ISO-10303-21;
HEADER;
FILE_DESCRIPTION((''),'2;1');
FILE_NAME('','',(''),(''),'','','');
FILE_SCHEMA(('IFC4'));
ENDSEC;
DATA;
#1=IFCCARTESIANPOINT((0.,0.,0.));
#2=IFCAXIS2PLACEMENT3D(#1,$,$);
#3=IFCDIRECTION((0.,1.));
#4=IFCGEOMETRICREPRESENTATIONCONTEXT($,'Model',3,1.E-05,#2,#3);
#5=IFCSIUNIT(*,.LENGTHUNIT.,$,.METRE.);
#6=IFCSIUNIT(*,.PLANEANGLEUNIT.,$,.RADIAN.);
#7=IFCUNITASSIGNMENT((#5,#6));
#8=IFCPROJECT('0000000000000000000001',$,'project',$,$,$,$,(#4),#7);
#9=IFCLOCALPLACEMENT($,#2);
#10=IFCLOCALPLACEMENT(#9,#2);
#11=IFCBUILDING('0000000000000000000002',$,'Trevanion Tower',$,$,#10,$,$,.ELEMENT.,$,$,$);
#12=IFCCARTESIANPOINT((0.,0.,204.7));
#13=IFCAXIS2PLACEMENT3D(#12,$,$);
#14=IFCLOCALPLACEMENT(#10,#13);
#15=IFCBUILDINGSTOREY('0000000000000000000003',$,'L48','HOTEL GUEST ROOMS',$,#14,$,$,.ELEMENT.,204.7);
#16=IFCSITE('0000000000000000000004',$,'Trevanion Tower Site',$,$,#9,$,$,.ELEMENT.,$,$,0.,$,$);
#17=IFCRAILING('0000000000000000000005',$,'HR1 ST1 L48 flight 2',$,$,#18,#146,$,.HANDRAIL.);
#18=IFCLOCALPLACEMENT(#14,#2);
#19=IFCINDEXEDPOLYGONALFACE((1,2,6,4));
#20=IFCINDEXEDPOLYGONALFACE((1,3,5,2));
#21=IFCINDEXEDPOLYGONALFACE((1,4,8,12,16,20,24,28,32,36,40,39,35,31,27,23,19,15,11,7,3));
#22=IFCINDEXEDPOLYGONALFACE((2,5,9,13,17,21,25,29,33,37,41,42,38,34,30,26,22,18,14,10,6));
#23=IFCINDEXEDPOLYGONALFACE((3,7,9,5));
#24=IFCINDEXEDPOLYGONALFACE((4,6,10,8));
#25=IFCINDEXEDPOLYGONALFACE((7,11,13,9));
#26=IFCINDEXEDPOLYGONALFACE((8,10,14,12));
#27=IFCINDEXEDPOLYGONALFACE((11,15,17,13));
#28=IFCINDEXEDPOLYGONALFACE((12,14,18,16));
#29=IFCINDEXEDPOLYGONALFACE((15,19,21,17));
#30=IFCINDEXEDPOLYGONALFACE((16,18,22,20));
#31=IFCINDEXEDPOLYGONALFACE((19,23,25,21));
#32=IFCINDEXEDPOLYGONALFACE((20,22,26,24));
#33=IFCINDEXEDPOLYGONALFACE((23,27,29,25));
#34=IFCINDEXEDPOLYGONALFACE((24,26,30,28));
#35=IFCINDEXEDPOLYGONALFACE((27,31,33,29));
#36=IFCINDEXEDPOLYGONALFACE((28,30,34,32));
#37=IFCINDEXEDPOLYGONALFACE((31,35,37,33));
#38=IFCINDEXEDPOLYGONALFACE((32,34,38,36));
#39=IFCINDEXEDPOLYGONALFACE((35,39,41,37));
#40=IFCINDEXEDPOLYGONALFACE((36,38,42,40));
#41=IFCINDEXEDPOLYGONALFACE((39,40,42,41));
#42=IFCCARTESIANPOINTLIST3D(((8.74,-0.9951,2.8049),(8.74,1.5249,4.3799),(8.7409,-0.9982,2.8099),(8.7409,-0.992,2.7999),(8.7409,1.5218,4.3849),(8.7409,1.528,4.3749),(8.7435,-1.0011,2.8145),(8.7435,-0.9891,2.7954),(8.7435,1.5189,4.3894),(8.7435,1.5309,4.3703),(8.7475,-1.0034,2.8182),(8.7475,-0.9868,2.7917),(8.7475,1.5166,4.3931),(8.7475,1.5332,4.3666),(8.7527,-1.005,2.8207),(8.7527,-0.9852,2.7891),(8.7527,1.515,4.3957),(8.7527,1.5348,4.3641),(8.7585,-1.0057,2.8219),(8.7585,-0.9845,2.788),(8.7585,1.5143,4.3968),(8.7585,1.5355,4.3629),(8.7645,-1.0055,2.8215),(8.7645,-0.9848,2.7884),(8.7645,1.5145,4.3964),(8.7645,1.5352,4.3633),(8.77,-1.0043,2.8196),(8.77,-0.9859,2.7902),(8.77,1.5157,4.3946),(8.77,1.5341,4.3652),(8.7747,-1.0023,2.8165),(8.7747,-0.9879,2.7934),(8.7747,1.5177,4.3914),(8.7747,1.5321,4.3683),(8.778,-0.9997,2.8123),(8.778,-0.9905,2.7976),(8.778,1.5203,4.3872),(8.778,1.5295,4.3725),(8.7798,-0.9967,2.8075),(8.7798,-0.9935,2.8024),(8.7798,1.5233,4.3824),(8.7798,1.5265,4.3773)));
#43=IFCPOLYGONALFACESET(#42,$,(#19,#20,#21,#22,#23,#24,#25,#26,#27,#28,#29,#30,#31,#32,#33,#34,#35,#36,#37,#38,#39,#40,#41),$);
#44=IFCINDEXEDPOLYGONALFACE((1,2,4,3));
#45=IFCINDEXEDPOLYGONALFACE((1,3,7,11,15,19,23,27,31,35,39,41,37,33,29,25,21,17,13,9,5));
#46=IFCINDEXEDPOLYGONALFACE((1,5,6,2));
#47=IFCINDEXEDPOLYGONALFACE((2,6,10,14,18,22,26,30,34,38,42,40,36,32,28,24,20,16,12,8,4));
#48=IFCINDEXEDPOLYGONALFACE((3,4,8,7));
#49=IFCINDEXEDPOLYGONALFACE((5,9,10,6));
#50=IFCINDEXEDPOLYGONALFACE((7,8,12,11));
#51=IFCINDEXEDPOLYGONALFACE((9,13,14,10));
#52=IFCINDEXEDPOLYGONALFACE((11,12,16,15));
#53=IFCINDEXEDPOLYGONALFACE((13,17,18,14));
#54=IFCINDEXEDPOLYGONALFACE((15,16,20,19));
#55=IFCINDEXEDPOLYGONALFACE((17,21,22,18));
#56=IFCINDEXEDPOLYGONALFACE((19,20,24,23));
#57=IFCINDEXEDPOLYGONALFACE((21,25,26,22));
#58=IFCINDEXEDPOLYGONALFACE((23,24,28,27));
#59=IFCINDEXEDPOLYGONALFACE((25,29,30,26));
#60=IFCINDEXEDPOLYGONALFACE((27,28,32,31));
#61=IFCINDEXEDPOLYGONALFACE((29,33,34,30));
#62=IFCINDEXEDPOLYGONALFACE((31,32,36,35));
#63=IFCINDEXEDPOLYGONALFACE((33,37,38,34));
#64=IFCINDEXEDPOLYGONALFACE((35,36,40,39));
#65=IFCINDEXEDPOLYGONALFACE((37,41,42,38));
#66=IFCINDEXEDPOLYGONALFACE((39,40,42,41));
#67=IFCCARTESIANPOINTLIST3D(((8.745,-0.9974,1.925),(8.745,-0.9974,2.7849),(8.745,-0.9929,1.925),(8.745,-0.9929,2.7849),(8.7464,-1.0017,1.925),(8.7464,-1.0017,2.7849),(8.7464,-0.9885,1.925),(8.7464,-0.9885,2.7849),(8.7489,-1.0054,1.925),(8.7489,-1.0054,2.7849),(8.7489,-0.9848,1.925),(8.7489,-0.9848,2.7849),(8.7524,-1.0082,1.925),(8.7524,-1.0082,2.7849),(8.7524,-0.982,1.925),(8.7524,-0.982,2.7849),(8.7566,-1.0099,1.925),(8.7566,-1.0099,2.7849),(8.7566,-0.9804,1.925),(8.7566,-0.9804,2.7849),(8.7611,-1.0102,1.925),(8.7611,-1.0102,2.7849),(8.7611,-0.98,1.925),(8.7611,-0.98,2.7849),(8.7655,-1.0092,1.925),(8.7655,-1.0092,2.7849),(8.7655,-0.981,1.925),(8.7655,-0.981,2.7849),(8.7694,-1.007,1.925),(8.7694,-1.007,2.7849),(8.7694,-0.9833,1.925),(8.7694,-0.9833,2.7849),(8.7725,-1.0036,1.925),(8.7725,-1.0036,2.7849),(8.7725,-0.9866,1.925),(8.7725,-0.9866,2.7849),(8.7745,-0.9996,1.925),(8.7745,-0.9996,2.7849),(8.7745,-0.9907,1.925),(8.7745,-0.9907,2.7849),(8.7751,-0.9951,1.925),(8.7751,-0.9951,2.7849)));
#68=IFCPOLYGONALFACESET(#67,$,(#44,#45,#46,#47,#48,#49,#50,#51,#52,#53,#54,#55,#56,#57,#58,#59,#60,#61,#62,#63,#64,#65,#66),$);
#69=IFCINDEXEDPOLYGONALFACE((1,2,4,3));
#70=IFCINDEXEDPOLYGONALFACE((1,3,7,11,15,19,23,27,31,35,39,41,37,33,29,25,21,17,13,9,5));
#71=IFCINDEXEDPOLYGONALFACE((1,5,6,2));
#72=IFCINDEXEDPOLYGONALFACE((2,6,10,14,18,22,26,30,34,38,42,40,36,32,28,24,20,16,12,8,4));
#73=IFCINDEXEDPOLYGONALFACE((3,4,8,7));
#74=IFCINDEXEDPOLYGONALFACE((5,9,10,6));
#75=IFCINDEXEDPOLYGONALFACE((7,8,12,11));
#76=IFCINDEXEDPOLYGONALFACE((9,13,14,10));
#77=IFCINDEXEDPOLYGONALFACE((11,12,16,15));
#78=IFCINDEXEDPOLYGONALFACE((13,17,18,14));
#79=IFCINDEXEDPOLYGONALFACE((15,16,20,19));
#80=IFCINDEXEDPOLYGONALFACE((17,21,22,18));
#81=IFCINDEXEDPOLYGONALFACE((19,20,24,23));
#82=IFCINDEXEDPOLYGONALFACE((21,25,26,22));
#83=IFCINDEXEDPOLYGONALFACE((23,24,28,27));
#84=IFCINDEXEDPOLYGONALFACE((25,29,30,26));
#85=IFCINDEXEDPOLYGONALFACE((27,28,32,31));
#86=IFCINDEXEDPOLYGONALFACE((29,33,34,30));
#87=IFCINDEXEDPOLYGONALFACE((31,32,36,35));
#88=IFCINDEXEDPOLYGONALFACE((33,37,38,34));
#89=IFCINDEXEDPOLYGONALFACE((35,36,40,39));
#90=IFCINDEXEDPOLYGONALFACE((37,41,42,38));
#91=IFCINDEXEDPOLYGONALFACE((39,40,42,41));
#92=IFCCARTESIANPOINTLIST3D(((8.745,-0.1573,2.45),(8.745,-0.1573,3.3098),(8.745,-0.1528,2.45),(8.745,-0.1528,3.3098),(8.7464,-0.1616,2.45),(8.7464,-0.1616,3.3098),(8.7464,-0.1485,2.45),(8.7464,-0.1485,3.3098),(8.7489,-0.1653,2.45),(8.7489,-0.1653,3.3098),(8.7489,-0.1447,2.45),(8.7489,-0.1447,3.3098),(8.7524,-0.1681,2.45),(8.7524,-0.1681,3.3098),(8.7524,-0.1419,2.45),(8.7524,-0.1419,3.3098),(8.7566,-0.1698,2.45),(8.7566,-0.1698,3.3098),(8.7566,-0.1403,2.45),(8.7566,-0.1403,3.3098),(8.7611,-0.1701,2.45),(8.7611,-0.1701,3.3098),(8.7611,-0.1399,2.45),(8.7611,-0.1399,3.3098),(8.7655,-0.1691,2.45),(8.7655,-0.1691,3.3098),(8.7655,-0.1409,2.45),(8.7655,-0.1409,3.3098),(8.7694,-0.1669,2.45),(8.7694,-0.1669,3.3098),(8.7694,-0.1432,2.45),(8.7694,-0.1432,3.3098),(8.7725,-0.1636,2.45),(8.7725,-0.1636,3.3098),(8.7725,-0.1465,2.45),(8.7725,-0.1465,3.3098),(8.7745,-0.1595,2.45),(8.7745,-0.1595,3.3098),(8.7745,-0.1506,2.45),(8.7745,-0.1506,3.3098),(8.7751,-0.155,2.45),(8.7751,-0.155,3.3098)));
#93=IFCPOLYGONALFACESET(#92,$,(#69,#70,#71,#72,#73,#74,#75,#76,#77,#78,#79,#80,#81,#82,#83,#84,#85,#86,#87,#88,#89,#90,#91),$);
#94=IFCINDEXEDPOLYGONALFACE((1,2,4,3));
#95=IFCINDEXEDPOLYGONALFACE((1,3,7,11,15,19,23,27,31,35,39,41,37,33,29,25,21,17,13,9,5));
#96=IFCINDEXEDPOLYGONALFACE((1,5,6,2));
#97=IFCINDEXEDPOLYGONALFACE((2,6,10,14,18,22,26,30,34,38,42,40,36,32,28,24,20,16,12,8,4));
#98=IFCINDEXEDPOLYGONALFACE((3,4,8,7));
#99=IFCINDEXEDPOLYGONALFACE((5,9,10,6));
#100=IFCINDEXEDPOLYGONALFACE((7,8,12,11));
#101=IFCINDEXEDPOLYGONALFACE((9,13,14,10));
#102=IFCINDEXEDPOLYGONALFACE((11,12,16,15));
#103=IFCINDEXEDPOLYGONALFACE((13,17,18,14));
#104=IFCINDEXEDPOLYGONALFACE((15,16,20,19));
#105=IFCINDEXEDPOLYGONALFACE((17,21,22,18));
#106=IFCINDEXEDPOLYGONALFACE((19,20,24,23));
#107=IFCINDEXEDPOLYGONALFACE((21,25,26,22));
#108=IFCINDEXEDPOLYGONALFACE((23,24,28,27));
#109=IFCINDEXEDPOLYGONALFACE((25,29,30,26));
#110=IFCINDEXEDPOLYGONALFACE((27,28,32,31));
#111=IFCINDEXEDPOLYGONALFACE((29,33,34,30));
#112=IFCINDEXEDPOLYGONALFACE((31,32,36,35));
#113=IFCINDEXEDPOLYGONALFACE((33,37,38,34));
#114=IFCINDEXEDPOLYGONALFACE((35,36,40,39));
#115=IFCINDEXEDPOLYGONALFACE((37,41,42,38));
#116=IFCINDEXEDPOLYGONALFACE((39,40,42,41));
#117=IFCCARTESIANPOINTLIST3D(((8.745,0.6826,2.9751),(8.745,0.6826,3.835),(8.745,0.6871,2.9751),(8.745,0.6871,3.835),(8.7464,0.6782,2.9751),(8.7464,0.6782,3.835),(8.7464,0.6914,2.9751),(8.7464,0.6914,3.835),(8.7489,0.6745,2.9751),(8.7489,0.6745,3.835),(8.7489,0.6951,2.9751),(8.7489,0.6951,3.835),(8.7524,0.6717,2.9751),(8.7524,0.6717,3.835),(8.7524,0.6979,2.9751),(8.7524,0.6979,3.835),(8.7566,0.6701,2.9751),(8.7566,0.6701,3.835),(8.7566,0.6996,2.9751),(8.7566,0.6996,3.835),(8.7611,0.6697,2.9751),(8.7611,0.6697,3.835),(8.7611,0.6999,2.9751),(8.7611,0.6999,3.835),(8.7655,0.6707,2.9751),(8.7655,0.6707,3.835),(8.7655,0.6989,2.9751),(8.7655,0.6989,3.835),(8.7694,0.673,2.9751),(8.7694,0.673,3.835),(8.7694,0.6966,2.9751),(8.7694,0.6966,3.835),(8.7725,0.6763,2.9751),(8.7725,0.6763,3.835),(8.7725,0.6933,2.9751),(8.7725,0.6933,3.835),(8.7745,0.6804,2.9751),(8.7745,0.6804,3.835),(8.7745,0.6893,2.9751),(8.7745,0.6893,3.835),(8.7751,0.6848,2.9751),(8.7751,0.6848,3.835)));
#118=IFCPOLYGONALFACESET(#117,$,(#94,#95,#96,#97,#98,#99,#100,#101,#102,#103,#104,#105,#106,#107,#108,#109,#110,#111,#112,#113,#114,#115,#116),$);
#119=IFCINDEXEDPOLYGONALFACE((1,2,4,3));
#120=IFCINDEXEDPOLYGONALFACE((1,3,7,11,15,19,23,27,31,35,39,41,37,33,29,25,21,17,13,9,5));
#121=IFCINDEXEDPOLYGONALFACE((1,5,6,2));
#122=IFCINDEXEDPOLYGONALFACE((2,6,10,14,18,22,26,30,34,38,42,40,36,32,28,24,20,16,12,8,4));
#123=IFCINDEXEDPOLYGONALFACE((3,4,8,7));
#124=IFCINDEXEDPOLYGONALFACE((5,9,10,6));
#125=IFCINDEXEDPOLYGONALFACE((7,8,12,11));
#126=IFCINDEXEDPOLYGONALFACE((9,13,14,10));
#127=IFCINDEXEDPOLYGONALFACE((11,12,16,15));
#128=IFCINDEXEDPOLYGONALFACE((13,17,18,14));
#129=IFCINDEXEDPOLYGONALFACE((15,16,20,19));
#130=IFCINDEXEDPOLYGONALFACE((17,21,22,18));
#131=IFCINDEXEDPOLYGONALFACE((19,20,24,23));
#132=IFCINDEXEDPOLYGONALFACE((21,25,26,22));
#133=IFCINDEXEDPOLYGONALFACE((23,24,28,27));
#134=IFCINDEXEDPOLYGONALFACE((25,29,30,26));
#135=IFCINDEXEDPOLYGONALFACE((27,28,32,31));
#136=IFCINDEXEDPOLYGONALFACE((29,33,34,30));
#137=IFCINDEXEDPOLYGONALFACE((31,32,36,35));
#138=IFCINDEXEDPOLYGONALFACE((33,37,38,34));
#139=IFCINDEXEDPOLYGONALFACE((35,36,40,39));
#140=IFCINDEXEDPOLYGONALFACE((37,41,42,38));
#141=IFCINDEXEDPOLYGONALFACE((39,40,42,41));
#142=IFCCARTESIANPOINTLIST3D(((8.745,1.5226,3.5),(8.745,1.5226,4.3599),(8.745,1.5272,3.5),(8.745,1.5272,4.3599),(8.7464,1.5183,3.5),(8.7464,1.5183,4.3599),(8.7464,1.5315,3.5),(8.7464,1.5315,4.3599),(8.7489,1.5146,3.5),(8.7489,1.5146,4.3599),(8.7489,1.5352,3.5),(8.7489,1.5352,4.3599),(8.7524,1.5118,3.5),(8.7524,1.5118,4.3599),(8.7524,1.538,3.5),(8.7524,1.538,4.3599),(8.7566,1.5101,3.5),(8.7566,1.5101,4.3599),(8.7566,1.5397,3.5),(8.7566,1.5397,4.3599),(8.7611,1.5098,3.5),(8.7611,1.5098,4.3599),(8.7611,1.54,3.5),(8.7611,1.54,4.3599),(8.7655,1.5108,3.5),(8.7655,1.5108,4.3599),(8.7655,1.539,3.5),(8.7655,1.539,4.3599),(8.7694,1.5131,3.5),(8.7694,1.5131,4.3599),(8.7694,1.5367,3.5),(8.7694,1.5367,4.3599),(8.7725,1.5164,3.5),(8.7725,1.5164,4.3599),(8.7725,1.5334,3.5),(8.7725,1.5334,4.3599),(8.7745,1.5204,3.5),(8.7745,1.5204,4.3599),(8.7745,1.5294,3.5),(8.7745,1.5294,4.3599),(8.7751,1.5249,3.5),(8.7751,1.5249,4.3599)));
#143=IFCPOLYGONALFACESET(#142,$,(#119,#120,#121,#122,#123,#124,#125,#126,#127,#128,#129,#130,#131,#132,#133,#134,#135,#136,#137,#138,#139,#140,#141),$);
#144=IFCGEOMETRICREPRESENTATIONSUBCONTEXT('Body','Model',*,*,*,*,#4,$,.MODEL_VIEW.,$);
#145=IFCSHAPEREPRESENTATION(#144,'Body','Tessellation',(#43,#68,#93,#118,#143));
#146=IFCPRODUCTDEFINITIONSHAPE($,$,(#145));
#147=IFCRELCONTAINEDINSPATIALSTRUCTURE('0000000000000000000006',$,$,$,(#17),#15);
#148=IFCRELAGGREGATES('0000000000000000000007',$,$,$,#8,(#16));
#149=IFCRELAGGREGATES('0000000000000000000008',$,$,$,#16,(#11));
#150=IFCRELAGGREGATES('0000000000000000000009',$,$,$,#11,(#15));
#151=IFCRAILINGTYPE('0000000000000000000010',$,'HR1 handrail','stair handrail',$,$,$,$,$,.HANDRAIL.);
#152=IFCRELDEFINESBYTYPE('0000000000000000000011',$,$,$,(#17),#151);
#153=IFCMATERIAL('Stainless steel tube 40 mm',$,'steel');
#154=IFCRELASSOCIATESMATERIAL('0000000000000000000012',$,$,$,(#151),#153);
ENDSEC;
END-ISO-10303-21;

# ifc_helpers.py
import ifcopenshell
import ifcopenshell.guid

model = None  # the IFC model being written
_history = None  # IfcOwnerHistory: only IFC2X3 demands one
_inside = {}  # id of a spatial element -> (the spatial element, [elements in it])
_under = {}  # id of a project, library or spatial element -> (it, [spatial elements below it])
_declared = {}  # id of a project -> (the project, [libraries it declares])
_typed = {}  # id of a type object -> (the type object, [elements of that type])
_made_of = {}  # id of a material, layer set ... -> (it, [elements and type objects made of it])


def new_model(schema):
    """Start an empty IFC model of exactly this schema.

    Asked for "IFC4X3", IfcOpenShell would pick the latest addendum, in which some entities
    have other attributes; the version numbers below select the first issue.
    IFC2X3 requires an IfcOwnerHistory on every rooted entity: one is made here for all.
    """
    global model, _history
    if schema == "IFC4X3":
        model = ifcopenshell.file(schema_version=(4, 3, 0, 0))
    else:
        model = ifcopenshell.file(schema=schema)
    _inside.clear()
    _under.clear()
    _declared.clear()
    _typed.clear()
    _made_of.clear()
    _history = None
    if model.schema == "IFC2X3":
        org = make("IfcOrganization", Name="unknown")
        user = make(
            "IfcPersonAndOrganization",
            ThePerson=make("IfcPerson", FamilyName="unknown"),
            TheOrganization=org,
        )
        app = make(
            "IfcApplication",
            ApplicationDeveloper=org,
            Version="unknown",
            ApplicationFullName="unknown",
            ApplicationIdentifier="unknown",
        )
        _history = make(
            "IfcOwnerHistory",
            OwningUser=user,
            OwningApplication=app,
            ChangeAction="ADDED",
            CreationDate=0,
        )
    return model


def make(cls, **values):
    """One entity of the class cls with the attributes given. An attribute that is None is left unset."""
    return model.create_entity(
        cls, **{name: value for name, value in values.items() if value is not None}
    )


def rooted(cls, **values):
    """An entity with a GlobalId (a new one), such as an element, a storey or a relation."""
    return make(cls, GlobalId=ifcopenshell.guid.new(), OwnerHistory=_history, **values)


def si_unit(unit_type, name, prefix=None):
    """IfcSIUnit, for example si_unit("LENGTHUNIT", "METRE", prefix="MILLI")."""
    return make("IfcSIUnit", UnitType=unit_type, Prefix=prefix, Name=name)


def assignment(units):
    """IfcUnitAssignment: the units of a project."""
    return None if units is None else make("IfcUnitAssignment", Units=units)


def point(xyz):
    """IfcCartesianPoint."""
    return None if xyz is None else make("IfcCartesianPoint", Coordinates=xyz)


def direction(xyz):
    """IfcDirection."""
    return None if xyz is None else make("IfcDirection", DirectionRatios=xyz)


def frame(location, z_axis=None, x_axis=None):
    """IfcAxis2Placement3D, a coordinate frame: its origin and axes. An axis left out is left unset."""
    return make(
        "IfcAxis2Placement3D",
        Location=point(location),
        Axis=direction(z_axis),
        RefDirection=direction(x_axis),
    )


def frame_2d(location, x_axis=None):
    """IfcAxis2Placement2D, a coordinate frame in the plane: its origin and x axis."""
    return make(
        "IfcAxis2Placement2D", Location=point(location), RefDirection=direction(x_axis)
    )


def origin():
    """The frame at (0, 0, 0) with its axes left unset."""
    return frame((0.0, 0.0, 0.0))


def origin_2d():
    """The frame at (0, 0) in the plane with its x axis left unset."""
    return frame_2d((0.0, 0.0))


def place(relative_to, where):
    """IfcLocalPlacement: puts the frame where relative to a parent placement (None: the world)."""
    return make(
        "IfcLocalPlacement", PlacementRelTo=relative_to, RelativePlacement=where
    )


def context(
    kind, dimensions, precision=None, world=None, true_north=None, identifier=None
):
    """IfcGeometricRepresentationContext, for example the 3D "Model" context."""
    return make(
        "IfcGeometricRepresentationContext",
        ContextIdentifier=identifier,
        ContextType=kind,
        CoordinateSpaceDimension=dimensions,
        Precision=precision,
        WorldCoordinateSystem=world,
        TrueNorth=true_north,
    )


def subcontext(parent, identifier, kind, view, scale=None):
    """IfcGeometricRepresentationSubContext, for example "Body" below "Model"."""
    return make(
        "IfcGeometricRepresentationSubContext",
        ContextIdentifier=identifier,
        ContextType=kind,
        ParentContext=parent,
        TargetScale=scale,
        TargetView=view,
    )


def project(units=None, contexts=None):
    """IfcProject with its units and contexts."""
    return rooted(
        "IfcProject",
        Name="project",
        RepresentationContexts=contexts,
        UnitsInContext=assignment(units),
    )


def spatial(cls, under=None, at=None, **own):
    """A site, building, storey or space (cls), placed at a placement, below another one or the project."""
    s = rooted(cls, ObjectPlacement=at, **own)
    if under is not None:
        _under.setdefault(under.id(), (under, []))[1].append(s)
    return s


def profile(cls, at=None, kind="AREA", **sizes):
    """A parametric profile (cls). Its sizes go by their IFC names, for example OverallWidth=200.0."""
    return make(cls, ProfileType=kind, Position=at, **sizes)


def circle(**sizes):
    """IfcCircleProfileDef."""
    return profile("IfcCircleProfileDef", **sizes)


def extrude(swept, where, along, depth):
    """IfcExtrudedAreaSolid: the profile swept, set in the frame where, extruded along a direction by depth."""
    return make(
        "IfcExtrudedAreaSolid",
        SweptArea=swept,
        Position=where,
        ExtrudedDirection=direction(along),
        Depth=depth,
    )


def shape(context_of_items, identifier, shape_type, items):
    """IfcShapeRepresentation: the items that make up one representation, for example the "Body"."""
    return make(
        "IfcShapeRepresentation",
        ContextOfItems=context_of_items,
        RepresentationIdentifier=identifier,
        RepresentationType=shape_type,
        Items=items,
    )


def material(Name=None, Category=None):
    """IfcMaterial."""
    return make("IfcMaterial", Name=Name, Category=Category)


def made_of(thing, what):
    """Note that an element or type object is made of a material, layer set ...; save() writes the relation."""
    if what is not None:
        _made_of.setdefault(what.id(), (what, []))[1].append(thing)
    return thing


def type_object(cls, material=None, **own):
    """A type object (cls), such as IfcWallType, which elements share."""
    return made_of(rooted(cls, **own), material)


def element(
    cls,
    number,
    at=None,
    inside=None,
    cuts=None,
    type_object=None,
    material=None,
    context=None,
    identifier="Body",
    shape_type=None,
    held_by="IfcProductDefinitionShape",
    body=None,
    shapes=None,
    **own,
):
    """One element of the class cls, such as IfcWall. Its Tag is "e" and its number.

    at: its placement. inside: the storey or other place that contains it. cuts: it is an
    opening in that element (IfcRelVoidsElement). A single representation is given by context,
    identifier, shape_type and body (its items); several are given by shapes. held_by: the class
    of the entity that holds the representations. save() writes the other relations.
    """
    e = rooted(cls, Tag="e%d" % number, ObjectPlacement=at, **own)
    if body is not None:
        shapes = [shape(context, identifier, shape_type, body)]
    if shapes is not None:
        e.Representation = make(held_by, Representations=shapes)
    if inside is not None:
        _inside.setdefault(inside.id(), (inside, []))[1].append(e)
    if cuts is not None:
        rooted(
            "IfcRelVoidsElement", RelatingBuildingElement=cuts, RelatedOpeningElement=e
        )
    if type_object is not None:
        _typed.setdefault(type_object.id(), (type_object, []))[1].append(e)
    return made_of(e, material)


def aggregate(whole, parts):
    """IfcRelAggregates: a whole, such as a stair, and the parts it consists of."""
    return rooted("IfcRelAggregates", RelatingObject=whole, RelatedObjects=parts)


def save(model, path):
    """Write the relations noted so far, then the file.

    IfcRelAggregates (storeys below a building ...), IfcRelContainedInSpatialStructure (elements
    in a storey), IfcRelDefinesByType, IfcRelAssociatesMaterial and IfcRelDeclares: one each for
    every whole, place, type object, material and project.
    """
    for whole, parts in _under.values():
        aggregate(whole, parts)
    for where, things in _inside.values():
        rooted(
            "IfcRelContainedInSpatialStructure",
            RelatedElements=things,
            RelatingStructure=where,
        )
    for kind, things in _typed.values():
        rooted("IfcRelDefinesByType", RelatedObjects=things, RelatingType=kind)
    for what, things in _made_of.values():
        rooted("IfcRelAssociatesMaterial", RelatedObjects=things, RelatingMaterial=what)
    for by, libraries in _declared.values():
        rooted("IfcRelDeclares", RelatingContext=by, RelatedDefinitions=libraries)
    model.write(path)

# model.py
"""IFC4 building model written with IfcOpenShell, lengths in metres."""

from ifc_helpers import new_model, si_unit, direction, frame, origin, origin_2d, place, context, subcontext, project, spatial, circle, extrude, material, type_object, element, save


model = new_model("IFC4")

# Units and contexts
model_context = context("Model", 3, precision=1e-05, world=origin(), true_north=direction((0.0, 1.0)))
body_context = subcontext(model_context, "Body", "Model", "MODEL_VIEW")
ifc_project = project(units=[si_unit("LENGTHUNIT", "METRE"), si_unit("PLANEANGLEUNIT", "RADIAN")], contexts=[model_context])

# Site, building, storey
site_placement = place(None, origin())
site = spatial("IfcSite", under=ifc_project, at=site_placement, Name="Trevanion Tower Site", CompositionType="ELEMENT", RefElevation=0.0)
building_placement = place(site_placement, origin())
building = spatial("IfcBuilding", under=site, at=building_placement, Name="Trevanion Tower", CompositionType="ELEMENT")
storey_placement = place(building_placement, frame((0.0, 0.0, 204.7)))
storey = spatial("IfcBuildingStorey", under=building, at=storey_placement, Name="L48", Description="HOTEL GUEST ROOMS", CompositionType="ELEMENT", Elevation=204.7)

# Railing
ifc_material_1 = material(Name="Stainless steel tube 40 mm", Category="steel")
railing_type = type_object("IfcRailingType", Name="HR1 handrail", Description="stair handrail", PredefinedType="HANDRAIL", material=ifc_material_1)
for number, where, name in (
    (1, (8.76, -0.9951, 1.925), "HR1 ST1 L48 flight 2"),
):
    element("IfcRailing", number, at=place(storey_placement, frame(where)), inside=storey, type_object=railing_type, Name=name, PredefinedType="HANDRAIL", context=body_context, shape_type="SweptSolid", body=[
        extrude(circle(Radius=0.02, at=origin_2d()), frame((0.0, 0.0, 0.8799), z_axis=(0.0, 0.848008, 0.529984), x_axis=(-1.0, 0.0, 0.0)), (0.0, 0.0, 1.0), 2.9717),
        extrude(circle(Radius=0.0151, at=origin_2d()), origin(), (0.0, 0.0, 1.0), 0.8599),
        extrude(circle(Radius=0.0151, at=origin_2d()), frame((0.0, 0.8401, 0.5249)), (0.0, 0.0, 1.0), 0.8599),
        extrude(circle(Radius=0.0151, at=origin_2d()), frame((0.0, 1.6799, 1.05)), (0.0, 0.0, 1.0), 0.8599),
        extrude(circle(Radius=0.0151, at=origin_2d()), frame((0.0, 2.52, 1.575)), (0.0, 0.0, 1.0), 0.8599),
    ])

save(model, "model.ifc")
